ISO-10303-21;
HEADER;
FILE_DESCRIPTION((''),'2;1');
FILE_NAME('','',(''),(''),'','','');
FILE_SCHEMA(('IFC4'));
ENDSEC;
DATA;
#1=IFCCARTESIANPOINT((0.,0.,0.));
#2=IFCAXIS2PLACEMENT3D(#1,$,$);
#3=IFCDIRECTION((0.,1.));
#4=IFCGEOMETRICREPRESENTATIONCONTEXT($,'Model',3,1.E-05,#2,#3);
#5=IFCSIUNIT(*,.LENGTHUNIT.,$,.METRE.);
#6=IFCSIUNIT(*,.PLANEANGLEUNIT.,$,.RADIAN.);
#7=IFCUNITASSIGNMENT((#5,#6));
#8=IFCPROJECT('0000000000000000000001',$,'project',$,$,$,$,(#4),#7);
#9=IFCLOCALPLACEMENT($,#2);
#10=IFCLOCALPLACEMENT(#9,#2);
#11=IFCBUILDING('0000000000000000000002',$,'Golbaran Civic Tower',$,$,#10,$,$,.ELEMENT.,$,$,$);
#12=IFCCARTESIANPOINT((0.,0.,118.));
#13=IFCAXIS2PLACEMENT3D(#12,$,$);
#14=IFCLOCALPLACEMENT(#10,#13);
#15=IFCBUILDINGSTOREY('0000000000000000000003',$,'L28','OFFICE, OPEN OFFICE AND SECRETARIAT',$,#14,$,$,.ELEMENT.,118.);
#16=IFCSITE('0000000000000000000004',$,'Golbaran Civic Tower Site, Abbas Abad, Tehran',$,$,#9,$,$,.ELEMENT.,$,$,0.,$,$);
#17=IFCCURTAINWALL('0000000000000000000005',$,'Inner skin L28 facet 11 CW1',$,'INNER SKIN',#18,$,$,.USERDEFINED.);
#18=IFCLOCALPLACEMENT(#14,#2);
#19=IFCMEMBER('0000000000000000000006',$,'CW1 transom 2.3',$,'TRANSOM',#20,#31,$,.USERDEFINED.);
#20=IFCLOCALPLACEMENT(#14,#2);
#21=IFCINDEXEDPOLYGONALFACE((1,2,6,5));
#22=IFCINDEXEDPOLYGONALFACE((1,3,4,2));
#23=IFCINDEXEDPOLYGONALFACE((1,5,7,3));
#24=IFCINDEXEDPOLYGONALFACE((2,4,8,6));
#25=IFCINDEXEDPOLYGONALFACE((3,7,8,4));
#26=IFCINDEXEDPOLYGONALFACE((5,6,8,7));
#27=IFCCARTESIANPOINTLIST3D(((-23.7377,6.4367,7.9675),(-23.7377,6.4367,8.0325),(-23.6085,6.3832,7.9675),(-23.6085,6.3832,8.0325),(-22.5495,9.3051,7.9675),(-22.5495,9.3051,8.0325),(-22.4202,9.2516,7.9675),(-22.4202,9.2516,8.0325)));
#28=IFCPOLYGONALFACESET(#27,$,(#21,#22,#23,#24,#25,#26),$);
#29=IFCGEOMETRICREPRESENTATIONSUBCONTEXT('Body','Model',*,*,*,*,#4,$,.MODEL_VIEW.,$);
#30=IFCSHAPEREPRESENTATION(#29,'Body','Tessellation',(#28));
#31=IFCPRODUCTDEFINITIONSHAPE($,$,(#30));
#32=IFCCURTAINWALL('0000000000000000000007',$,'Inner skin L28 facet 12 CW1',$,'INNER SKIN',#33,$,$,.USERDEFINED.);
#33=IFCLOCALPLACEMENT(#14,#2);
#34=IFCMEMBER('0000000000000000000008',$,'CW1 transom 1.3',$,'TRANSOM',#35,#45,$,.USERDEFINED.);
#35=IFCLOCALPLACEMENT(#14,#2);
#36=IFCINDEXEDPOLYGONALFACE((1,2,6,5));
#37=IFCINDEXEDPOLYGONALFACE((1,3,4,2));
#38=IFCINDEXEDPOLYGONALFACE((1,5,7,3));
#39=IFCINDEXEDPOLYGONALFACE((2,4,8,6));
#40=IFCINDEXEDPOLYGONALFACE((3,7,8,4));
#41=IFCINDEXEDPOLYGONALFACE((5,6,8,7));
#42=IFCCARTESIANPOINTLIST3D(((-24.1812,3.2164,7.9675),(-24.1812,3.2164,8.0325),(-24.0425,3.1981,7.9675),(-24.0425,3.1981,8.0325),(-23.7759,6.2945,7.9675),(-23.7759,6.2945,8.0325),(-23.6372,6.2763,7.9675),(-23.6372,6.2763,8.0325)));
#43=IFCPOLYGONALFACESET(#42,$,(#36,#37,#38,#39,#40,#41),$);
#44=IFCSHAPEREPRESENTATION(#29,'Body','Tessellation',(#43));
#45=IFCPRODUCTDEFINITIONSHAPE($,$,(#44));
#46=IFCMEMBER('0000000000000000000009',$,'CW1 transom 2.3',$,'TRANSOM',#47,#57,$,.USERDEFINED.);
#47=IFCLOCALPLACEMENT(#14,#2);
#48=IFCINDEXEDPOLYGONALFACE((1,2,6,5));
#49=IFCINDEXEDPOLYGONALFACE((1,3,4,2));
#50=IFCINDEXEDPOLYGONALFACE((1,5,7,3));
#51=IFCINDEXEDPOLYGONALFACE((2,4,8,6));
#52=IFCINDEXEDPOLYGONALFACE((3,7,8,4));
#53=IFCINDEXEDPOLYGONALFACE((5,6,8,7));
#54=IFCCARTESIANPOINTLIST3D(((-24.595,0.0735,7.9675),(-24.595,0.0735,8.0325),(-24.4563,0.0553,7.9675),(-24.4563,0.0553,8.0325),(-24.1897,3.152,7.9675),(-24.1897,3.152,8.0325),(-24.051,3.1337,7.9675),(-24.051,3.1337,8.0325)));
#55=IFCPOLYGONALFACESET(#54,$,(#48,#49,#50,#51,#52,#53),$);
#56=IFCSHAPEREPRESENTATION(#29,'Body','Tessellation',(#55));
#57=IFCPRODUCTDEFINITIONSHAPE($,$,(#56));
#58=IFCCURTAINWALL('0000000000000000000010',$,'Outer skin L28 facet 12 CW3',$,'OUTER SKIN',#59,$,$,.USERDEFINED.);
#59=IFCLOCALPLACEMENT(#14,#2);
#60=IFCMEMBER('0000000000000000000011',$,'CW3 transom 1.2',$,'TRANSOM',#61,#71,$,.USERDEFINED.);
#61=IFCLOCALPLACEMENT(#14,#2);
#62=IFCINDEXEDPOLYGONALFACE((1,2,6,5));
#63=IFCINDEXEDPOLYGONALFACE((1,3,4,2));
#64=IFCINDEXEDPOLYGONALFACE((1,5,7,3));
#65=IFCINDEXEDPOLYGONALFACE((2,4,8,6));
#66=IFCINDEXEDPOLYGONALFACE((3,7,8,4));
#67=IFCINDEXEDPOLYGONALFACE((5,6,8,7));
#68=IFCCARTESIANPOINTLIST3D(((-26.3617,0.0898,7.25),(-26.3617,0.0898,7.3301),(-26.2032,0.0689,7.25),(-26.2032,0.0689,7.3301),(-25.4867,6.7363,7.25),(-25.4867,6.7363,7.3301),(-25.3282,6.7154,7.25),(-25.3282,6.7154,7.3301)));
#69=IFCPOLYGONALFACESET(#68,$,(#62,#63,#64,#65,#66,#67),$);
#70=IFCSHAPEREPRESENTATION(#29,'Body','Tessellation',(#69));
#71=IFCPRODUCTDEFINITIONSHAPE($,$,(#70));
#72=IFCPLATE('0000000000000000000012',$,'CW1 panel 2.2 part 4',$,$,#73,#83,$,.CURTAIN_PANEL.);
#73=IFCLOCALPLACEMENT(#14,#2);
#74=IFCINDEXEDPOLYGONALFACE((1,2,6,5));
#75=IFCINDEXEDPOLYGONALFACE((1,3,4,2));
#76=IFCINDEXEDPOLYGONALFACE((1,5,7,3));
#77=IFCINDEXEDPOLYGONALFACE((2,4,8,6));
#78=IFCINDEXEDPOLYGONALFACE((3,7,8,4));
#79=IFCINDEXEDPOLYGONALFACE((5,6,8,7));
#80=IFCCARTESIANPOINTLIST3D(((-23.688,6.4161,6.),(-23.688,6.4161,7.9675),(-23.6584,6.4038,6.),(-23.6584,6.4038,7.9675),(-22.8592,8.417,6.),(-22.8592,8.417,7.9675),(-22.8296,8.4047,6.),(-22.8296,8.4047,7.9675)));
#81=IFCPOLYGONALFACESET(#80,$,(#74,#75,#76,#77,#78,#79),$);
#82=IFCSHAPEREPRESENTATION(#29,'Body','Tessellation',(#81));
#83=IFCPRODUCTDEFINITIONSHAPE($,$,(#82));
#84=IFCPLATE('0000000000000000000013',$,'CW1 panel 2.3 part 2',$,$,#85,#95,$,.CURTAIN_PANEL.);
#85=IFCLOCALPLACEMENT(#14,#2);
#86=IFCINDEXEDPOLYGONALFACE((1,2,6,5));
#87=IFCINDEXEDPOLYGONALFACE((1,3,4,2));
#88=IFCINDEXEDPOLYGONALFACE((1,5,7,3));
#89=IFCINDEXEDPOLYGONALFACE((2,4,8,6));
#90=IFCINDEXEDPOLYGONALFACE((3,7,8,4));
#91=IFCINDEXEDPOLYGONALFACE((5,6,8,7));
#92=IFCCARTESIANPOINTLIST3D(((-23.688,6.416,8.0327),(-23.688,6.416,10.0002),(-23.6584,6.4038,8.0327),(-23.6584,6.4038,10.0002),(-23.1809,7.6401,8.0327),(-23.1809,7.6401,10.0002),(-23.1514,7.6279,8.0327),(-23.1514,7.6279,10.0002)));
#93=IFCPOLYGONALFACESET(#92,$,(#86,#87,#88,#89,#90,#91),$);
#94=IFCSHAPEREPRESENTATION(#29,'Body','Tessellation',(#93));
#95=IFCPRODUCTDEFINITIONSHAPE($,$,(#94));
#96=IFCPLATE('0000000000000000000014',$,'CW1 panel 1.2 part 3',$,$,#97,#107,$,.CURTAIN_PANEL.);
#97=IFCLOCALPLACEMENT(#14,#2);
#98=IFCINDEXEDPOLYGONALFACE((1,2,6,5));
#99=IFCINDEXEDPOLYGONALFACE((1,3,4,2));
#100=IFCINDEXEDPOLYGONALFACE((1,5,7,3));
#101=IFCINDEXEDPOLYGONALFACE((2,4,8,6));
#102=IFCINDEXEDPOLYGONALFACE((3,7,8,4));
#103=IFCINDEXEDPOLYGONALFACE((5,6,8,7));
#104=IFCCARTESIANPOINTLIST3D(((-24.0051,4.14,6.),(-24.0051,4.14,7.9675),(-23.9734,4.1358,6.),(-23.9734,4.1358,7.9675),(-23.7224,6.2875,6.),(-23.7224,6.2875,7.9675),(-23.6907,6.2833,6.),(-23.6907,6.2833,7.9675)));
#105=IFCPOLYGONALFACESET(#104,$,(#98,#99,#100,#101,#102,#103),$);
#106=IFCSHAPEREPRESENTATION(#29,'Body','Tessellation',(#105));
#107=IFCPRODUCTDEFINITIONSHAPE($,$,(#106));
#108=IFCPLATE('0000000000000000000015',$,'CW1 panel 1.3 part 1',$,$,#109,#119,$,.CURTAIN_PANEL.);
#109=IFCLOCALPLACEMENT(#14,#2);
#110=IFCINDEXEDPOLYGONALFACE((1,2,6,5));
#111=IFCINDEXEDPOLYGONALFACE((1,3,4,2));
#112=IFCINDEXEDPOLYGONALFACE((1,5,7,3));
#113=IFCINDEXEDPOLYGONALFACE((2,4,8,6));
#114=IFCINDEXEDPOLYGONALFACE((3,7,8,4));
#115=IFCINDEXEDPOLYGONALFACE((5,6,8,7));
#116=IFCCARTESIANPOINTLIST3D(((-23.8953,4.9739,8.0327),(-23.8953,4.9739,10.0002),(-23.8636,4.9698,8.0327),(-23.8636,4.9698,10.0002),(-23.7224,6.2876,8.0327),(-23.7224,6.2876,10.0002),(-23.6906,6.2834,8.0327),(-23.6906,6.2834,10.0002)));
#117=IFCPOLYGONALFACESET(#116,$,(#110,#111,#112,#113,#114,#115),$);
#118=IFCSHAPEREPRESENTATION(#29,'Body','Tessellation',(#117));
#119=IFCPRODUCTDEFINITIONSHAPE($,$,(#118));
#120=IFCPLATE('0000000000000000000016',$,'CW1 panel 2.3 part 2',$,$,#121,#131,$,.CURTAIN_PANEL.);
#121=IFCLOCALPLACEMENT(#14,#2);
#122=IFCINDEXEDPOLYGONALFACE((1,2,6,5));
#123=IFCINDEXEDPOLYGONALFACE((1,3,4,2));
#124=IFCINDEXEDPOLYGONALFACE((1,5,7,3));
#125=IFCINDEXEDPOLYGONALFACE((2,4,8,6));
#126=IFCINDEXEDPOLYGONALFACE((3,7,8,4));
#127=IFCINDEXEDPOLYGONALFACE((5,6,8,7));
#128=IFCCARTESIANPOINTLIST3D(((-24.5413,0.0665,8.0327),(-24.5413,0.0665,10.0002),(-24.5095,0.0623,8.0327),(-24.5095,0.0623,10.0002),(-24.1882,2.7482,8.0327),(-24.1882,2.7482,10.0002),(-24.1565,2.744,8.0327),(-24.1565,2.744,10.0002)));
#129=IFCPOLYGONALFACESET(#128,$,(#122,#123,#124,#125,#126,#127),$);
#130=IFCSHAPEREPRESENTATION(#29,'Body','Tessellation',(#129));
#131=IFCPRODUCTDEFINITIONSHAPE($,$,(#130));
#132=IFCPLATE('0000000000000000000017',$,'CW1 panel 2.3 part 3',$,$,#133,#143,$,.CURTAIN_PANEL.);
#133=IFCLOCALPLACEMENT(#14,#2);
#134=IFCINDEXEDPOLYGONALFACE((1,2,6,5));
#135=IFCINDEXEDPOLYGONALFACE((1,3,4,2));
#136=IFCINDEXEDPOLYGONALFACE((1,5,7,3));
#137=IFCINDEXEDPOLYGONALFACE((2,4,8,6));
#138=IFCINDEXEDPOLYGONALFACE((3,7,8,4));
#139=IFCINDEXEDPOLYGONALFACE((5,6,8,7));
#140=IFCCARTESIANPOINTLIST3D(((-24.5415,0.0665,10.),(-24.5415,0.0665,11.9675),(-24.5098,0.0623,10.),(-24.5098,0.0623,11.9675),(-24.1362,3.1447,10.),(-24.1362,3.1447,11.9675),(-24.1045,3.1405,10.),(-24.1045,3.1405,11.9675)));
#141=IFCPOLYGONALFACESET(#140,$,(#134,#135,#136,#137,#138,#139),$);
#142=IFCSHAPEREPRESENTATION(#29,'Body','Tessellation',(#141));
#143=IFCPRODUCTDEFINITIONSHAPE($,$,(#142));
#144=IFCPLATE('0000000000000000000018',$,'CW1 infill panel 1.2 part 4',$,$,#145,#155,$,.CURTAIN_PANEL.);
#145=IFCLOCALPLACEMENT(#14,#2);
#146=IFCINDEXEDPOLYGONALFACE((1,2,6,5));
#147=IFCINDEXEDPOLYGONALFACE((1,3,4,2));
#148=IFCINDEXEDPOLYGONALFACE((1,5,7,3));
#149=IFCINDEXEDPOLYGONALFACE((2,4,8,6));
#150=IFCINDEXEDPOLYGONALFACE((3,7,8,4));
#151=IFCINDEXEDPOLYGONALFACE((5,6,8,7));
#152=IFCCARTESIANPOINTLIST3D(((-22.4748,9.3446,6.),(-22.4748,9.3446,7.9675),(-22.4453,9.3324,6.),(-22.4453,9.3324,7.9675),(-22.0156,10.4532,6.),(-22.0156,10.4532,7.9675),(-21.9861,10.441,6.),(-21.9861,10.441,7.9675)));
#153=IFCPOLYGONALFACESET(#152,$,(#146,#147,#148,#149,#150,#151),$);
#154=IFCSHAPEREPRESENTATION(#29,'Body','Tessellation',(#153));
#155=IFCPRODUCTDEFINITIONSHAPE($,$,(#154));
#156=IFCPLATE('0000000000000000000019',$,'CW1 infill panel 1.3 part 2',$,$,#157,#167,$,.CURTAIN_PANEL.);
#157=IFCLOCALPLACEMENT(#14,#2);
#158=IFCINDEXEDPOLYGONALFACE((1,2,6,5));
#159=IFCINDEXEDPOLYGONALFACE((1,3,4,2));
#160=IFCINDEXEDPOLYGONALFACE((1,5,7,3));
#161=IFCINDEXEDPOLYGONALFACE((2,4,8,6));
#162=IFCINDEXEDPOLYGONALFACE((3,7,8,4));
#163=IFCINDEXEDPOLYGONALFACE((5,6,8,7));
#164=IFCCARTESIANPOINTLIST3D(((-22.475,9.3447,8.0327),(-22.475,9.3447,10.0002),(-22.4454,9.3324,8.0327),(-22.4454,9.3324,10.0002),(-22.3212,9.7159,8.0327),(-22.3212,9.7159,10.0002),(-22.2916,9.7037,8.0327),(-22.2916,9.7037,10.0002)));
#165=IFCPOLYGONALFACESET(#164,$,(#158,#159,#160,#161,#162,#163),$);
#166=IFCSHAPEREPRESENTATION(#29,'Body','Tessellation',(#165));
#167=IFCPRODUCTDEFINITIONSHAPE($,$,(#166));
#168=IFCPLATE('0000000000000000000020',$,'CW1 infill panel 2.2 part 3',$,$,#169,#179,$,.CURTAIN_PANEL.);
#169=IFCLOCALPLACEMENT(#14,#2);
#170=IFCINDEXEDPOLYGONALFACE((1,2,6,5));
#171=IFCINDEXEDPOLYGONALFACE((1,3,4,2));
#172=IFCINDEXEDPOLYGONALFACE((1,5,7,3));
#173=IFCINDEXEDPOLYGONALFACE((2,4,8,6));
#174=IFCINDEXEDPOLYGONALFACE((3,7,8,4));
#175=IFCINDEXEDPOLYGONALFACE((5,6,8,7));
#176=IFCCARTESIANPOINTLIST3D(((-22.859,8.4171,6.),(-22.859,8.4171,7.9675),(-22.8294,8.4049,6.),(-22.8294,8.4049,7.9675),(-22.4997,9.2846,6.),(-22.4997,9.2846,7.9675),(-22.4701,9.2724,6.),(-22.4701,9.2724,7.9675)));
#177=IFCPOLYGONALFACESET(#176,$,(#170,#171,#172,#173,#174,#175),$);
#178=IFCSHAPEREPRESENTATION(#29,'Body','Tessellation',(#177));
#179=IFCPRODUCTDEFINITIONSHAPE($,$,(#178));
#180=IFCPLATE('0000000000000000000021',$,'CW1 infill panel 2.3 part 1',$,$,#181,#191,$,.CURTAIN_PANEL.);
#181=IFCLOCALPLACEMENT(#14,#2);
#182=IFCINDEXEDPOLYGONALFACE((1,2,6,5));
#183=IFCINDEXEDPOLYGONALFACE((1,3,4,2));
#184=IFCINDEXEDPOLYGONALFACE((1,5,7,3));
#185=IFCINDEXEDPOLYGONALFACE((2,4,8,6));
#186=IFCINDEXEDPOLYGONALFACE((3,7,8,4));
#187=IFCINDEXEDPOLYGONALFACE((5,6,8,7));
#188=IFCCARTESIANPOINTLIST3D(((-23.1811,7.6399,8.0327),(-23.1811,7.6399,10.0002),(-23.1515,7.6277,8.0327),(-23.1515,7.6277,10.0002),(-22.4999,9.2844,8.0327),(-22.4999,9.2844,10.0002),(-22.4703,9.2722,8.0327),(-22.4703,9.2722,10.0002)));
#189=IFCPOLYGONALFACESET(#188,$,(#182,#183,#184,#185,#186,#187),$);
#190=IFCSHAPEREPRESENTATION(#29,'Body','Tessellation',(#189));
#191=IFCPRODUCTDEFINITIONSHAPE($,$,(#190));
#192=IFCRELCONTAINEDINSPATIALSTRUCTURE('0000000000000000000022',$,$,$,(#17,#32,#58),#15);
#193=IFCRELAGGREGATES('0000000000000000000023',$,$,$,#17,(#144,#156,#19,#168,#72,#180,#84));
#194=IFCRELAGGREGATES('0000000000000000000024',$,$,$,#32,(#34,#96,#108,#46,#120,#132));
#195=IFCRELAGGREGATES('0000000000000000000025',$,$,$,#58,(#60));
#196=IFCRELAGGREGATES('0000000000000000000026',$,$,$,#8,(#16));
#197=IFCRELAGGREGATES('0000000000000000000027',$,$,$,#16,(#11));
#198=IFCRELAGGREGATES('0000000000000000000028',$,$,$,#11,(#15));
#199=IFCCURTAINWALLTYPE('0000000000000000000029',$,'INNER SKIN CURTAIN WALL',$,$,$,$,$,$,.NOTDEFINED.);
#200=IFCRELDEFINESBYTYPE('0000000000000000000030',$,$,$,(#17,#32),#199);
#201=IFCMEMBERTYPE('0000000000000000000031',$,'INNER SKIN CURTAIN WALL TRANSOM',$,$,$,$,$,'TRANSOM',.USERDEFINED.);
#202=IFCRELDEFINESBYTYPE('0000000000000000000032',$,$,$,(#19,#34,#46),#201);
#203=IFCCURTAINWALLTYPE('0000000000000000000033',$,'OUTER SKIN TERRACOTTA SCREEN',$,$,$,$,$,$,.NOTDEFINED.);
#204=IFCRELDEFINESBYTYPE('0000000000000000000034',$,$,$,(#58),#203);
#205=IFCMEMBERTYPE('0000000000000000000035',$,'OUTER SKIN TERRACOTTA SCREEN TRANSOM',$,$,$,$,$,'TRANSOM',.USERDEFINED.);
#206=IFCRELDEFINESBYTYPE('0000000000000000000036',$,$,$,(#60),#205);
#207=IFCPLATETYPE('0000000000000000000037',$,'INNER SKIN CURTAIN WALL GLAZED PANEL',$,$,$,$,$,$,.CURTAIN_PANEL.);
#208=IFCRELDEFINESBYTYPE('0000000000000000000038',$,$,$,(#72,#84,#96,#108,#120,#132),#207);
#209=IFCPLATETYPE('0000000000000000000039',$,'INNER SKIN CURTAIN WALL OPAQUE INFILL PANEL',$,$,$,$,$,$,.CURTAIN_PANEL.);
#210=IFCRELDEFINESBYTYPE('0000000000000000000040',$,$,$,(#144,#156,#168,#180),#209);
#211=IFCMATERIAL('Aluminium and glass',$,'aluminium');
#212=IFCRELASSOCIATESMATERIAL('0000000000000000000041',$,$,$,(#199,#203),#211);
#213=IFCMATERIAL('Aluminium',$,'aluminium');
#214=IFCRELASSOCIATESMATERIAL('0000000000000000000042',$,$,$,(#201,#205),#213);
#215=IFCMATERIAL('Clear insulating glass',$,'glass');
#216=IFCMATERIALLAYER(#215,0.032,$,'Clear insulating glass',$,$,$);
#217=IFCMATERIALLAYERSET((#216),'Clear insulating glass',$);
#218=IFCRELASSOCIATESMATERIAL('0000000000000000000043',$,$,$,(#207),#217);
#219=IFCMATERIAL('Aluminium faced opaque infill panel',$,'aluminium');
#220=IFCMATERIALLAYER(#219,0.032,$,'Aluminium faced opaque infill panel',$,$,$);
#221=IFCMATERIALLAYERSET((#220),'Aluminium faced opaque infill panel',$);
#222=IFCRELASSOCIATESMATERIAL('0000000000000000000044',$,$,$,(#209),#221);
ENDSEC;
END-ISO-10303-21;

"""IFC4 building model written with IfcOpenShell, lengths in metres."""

from ifc_helpers import new_model, si_unit, direction, frame, origin, origin_2d, place, context, subcontext, project, spatial, rectangle, extrude, material, layer, layer_set, material_profile, profile_set, type_object, element, aggregate, save


model = new_model("IFC4")

# Units and contexts
model_context = context("Model", 3, precision=1e-05, world=origin(), true_north=direction((0.0, 1.0)))
body_context = subcontext(model_context, "Body", "Model", "MODEL_VIEW")
ifc_project = project(units=[si_unit("LENGTHUNIT", "METRE"), si_unit("PLANEANGLEUNIT", "RADIAN")], contexts=[model_context])

# Site, building, storey
site_placement = place(None, origin())
site = spatial("IfcSite", under=ifc_project, at=site_placement, Name="Golbaran Civic Tower Site, Abbas Abad, Tehran", CompositionType="ELEMENT", RefElevation=0.0)
building_placement = place(site_placement, origin())
building = spatial("IfcBuilding", under=site, at=building_placement, Name="Golbaran Civic Tower", CompositionType="ELEMENT")
storey_placement = place(building_placement, frame((0.0, 0.0, 118.0)))
storey = spatial("IfcBuildingStorey", under=building, at=storey_placement, Name="L28", Description="OFFICE, OPEN OFFICE AND SECRETARIAT", CompositionType="ELEMENT", Elevation=118.0)

# Curtain wall, member
ifc_material_1 = material(Name="Aluminium and glass", Category="aluminium")
curtain_wall_type_1 = type_object("IfcCurtainWallType", Name="INNER SKIN CURTAIN WALL", PredefinedType="NOTDEFINED", material=ifc_material_1)
curtain_wall_1_placement = place(storey_placement, origin())
curtain_wall_1 = element("IfcCurtainWall", 1, at=curtain_wall_1_placement, inside=storey, type_object=curtain_wall_type_1, Name="Inner skin L28 facet 11 CW1", ObjectType="INNER SKIN", PredefinedType="USERDEFINED")
ifc_material_2 = material(Name="Aluminium", Category="aluminium")
ifc_material_profile_1 = material_profile(ifc_material_2, rectangle(XDim=0.1399, YDim=0.0649, at=origin_2d()), Name="INNER SKIN CURTAIN WALL TRANSOM")
ifc_profile_set_1 = profile_set([ifc_material_profile_1], Name="Aluminium")
member_type_1 = type_object("IfcMemberType", Name="INNER SKIN CURTAIN WALL TRANSOM", ElementType="TRANSOM", PredefinedType="USERDEFINED", material=ifc_profile_set_1)
member_1_placement = place(storey_placement, frame((-22.4849, 9.2783, 8.0), z_axis=(-0.382711, -0.923868, 0.0), x_axis=(0.923868, -0.382711, 0.0)))
member_1 = element("IfcMember", 2, at=member_1_placement, type_object=member_type_1, Name="CW1 transom 2.3", ObjectType="TRANSOM", PredefinedType="USERDEFINED", context=body_context, shape_type="SweptSolid", body=[
    extrude(rectangle(XDim=0.1399, YDim=0.0649, at=origin_2d()), origin(), (0.0, 0.0, 1.0), 3.1047),
])

# Curtain wall, members
curtain_wall_2_placement = place(storey_placement, origin())
curtain_wall_2 = element("IfcCurtainWall", 3, at=curtain_wall_2_placement, inside=storey, type_object=curtain_wall_type_1, Name="Inner skin L28 facet 12 CW1", ObjectType="INNER SKIN", PredefinedType="USERDEFINED")
member_2_placement = place(storey_placement, frame((-23.7065, 6.2854, 8.0), z_axis=(-0.130536, -0.991444, 0.0), x_axis=(0.991444, -0.130536, 0.0)))
member_2 = element("IfcMember", 4, at=member_2_placement, type_object=member_type_1, Name="CW1 transom 1.3", ObjectType="TRANSOM", PredefinedType="USERDEFINED", context=body_context, shape_type="SweptSolid", body=[
    extrude(rectangle(XDim=0.1399, YDim=0.0649, at=origin_2d()), origin(), (0.0, 0.0, 1.0), 3.1047),
])
member_3_placement = place(storey_placement, frame((-24.1204, 3.1428, 8.0), z_axis=(-0.130526, -0.991445, 0.0), x_axis=(0.991445, -0.130526, 0.0)))
member_3 = element("IfcMember", 5, at=member_3_placement, type_object=member_type_1, Name="CW1 transom 2.3", ObjectType="TRANSOM", PredefinedType="USERDEFINED", context=body_context, shape_type="SweptSolid", body=[
    extrude(rectangle(XDim=0.1399, YDim=0.0649, at=origin_2d()), origin(), (0.0, 0.0, 1.0), 3.105),
])

# Curtain wall, member
curtain_wall_type_2 = type_object("IfcCurtainWallType", Name="OUTER SKIN TERRACOTTA SCREEN", PredefinedType="NOTDEFINED", material=ifc_material_1)
curtain_wall_3_placement = place(storey_placement, origin())
curtain_wall_3 = element("IfcCurtainWall", 6, at=curtain_wall_3_placement, inside=storey, type_object=curtain_wall_type_2, Name="Outer skin L28 facet 12 CW3", ObjectType="OUTER SKIN", PredefinedType="USERDEFINED")
ifc_material_profile_2 = material_profile(ifc_material_2, rectangle(XDim=0.1599, YDim=0.0801, at=origin_2d()), Name="OUTER SKIN TERRACOTTA SCREEN TRANSOM")
ifc_profile_set_2 = profile_set([ifc_material_profile_2], Name="Aluminium")
member_type_2 = type_object("IfcMemberType", Name="OUTER SKIN TERRACOTTA SCREEN TRANSOM", ElementType="TRANSOM", PredefinedType="USERDEFINED", material=ifc_profile_set_2)
member_4_placement = place(storey_placement, frame((-25.4075, 6.7258, 7.29), z_axis=(-0.130522, -0.991445, 0.0), x_axis=(0.991445, -0.130522, 0.0)))
member_4 = element("IfcMember", 7, at=member_4_placement, type_object=member_type_2, Name="CW3 transom 1.2", ObjectType="TRANSOM", PredefinedType="USERDEFINED", context=body_context, shape_type="SweptSolid", body=[
    extrude(rectangle(XDim=0.1599, YDim=0.0801, at=origin_2d()), origin(), (0.0, 0.0, 1.0), 6.7039),
])

# Plates
ifc_material_3 = material(Name="Clear insulating glass", Category="glass")
ifc_layer_1 = layer(ifc_material_3, 0.032, Name="Clear insulating glass")
ifc_layer_set_1 = layer_set([ifc_layer_1], Name="Clear insulating glass")
plate_type_1 = type_object("IfcPlateType", Name="INNER SKIN CURTAIN WALL GLAZED PANEL", PredefinedType="CURTAIN_PANEL", material=ifc_layer_set_1)
plate_1_placement = place(storey_placement, frame((-23.2588, 7.4104, 6.0), z_axis=(0.0, 0.0, 1.0), x_axis=(-0.382683, -0.92388, 0.0)))
plate_1 = element("IfcPlate", 8, at=plate_1_placement, type_object=plate_type_1, Name="CW1 panel 2.2 part 4", PredefinedType="CURTAIN_PANEL", context=body_context, shape_type="SweptSolid", body=[
    extrude(rectangle(XDim=2.1658, YDim=0.032, at=origin_2d()), origin(), (0.0, 0.0, 1.0), 1.9675),
])
plate_2_placement = place(storey_placement, frame((-23.4197, 7.022, 8.0327), z_axis=(0.0, 0.0, 1.0), x_axis=(-0.382683, -0.92388, 0.0)))
plate_2 = element("IfcPlate", 9, at=plate_2_placement, type_object=plate_type_1, Name="CW1 panel 2.3 part 2", PredefinedType="CURTAIN_PANEL", context=body_context, shape_type="SweptSolid", body=[
    extrude(rectangle(XDim=1.325, YDim=0.032, at=origin_2d()), origin(), (0.0, 0.0, 1.0), 1.9675),
])
plate_3_placement = place(storey_placement, frame((-23.8479, 5.2117, 6.0), z_axis=(0.0, 0.0, 1.0), x_axis=(-0.130526, -0.991445, 0.0)))
plate_3 = element("IfcPlate", 10, at=plate_3_placement, type_object=plate_type_1, Name="CW1 panel 1.2 part 3", PredefinedType="CURTAIN_PANEL", context=body_context, shape_type="SweptSolid", body=[
    extrude(rectangle(XDim=2.166, YDim=0.032, at=origin_2d()), origin(), (0.0, 0.0, 1.0), 1.9675),
])
plate_4_placement = place(storey_placement, frame((-23.793, 5.6287, 8.0327), z_axis=(0.0, 0.0, 1.0), x_axis=(-0.130526, -0.991445, 0.0)))
plate_4 = element("IfcPlate", 11, at=plate_4_placement, type_object=plate_type_1, Name="CW1 panel 1.3 part 1", PredefinedType="CURTAIN_PANEL", context=body_context, shape_type="SweptSolid", body=[
    extrude(rectangle(XDim=1.325, YDim=0.032, at=origin_2d()), origin(), (0.0, 0.0, 1.0), 1.9675),
])
plate_5_placement = place(storey_placement, frame((-24.3489, 1.4053, 8.0327), z_axis=(0.0, 0.0, 1.0), x_axis=(-0.130526, -0.991445, 0.0)))
plate_5 = element("IfcPlate", 12, at=plate_5_placement, type_object=plate_type_1, Name="CW1 panel 2.3 part 2", PredefinedType="CURTAIN_PANEL", context=body_context, shape_type="SweptSolid", body=[
    extrude(rectangle(XDim=2.7048, YDim=0.032, at=origin_2d()), origin(), (0.0, 0.0, 1.0), 1.9675),
])
plate_6_placement = place(storey_placement, frame((-24.323, 1.6035, 10.0), z_axis=(0.0, 0.0, 1.0), x_axis=(-0.130526, -0.991445, 0.0)))
plate_6 = element("IfcPlate", 13, at=plate_6_placement, type_object=plate_type_1, Name="CW1 panel 2.3 part 3", PredefinedType="CURTAIN_PANEL", context=body_context, shape_type="SweptSolid", body=[
    extrude(rectangle(XDim=3.1047, YDim=0.032, at=origin_2d()), origin(), (0.0, 0.0, 1.0), 1.9675),
])
ifc_material_4 = material(Name="Aluminium faced opaque infill panel", Category="aluminium")
ifc_layer_2 = layer(ifc_material_4, 0.032, Name="Aluminium faced opaque infill panel")
ifc_layer_set_2 = layer_set([ifc_layer_2], Name="Aluminium faced opaque infill panel")
plate_type_2 = type_object("IfcPlateType", Name="INNER SKIN CURTAIN WALL OPAQUE INFILL PANEL", PredefinedType="CURTAIN_PANEL", material=ifc_layer_set_2)
plate_7_placement = place(storey_placement, frame((-22.2305, 9.8928, 6.0), z_axis=(0.0, 0.0, 1.0), x_axis=(-0.382683, -0.92388, 0.0)))
plate_7 = element("IfcPlate", 14, at=plate_7_placement, type_object=plate_type_2, Name="CW1 infill panel 1.2 part 4", PredefinedType="CURTAIN_PANEL", context=body_context, shape_type="SweptSolid", body=[
    extrude(rectangle(XDim=1.2, YDim=0.032, at=origin_2d()), origin(), (0.0, 0.0, 1.0), 1.9675),
])
plate_8_placement = place(storey_placement, frame((-22.3833, 9.5242, 8.0327), z_axis=(0.0, 0.0, 1.0), x_axis=(-0.382683, -0.92388, 0.0)))
plate_8 = element("IfcPlate", 15, at=plate_8_placement, type_object=plate_type_2, Name="CW1 infill panel 1.3 part 2", PredefinedType="CURTAIN_PANEL", context=body_context, shape_type="SweptSolid", body=[
    extrude(rectangle(XDim=0.4019, YDim=0.032, at=origin_2d()), origin(), (0.0, 0.0, 1.0), 1.9675),
])
plate_9_placement = place(storey_placement, frame((-22.6646, 8.8447, 6.0), z_axis=(0.0, 0.0, 1.0), x_axis=(-0.382683, -0.92388, 0.0)))
plate_9 = element("IfcPlate", 16, at=plate_9_placement, type_object=plate_type_2, Name="CW1 infill panel 2.2 part 3", PredefinedType="CURTAIN_PANEL", context=body_context, shape_type="SweptSolid", body=[
    extrude(rectangle(XDim=0.939, YDim=0.032, at=origin_2d()), origin(), (0.0, 0.0, 1.0), 1.9675),
])
plate_10_placement = place(storey_placement, frame((-22.8257, 8.4561, 8.0327), z_axis=(0.0, 0.0, 1.0), x_axis=(-0.382683, -0.92388, 0.0)))
plate_10 = element("IfcPlate", 17, at=plate_10_placement, type_object=plate_type_2, Name="CW1 infill panel 2.3 part 1", PredefinedType="CURTAIN_PANEL", context=body_context, shape_type="SweptSolid", body=[
    extrude(rectangle(XDim=1.78, YDim=0.032, at=origin_2d()), origin(), (0.0, 0.0, 1.0), 1.9675),
])
aggregate(curtain_wall_1, [plate_7, plate_8, member_1, plate_9, plate_1, plate_10, plate_2])
aggregate(curtain_wall_2, [member_2, plate_3, plate_4, member_3, plate_5, plate_6])
aggregate(curtain_wall_3, [member_4])

save(model, "model.ifc")
